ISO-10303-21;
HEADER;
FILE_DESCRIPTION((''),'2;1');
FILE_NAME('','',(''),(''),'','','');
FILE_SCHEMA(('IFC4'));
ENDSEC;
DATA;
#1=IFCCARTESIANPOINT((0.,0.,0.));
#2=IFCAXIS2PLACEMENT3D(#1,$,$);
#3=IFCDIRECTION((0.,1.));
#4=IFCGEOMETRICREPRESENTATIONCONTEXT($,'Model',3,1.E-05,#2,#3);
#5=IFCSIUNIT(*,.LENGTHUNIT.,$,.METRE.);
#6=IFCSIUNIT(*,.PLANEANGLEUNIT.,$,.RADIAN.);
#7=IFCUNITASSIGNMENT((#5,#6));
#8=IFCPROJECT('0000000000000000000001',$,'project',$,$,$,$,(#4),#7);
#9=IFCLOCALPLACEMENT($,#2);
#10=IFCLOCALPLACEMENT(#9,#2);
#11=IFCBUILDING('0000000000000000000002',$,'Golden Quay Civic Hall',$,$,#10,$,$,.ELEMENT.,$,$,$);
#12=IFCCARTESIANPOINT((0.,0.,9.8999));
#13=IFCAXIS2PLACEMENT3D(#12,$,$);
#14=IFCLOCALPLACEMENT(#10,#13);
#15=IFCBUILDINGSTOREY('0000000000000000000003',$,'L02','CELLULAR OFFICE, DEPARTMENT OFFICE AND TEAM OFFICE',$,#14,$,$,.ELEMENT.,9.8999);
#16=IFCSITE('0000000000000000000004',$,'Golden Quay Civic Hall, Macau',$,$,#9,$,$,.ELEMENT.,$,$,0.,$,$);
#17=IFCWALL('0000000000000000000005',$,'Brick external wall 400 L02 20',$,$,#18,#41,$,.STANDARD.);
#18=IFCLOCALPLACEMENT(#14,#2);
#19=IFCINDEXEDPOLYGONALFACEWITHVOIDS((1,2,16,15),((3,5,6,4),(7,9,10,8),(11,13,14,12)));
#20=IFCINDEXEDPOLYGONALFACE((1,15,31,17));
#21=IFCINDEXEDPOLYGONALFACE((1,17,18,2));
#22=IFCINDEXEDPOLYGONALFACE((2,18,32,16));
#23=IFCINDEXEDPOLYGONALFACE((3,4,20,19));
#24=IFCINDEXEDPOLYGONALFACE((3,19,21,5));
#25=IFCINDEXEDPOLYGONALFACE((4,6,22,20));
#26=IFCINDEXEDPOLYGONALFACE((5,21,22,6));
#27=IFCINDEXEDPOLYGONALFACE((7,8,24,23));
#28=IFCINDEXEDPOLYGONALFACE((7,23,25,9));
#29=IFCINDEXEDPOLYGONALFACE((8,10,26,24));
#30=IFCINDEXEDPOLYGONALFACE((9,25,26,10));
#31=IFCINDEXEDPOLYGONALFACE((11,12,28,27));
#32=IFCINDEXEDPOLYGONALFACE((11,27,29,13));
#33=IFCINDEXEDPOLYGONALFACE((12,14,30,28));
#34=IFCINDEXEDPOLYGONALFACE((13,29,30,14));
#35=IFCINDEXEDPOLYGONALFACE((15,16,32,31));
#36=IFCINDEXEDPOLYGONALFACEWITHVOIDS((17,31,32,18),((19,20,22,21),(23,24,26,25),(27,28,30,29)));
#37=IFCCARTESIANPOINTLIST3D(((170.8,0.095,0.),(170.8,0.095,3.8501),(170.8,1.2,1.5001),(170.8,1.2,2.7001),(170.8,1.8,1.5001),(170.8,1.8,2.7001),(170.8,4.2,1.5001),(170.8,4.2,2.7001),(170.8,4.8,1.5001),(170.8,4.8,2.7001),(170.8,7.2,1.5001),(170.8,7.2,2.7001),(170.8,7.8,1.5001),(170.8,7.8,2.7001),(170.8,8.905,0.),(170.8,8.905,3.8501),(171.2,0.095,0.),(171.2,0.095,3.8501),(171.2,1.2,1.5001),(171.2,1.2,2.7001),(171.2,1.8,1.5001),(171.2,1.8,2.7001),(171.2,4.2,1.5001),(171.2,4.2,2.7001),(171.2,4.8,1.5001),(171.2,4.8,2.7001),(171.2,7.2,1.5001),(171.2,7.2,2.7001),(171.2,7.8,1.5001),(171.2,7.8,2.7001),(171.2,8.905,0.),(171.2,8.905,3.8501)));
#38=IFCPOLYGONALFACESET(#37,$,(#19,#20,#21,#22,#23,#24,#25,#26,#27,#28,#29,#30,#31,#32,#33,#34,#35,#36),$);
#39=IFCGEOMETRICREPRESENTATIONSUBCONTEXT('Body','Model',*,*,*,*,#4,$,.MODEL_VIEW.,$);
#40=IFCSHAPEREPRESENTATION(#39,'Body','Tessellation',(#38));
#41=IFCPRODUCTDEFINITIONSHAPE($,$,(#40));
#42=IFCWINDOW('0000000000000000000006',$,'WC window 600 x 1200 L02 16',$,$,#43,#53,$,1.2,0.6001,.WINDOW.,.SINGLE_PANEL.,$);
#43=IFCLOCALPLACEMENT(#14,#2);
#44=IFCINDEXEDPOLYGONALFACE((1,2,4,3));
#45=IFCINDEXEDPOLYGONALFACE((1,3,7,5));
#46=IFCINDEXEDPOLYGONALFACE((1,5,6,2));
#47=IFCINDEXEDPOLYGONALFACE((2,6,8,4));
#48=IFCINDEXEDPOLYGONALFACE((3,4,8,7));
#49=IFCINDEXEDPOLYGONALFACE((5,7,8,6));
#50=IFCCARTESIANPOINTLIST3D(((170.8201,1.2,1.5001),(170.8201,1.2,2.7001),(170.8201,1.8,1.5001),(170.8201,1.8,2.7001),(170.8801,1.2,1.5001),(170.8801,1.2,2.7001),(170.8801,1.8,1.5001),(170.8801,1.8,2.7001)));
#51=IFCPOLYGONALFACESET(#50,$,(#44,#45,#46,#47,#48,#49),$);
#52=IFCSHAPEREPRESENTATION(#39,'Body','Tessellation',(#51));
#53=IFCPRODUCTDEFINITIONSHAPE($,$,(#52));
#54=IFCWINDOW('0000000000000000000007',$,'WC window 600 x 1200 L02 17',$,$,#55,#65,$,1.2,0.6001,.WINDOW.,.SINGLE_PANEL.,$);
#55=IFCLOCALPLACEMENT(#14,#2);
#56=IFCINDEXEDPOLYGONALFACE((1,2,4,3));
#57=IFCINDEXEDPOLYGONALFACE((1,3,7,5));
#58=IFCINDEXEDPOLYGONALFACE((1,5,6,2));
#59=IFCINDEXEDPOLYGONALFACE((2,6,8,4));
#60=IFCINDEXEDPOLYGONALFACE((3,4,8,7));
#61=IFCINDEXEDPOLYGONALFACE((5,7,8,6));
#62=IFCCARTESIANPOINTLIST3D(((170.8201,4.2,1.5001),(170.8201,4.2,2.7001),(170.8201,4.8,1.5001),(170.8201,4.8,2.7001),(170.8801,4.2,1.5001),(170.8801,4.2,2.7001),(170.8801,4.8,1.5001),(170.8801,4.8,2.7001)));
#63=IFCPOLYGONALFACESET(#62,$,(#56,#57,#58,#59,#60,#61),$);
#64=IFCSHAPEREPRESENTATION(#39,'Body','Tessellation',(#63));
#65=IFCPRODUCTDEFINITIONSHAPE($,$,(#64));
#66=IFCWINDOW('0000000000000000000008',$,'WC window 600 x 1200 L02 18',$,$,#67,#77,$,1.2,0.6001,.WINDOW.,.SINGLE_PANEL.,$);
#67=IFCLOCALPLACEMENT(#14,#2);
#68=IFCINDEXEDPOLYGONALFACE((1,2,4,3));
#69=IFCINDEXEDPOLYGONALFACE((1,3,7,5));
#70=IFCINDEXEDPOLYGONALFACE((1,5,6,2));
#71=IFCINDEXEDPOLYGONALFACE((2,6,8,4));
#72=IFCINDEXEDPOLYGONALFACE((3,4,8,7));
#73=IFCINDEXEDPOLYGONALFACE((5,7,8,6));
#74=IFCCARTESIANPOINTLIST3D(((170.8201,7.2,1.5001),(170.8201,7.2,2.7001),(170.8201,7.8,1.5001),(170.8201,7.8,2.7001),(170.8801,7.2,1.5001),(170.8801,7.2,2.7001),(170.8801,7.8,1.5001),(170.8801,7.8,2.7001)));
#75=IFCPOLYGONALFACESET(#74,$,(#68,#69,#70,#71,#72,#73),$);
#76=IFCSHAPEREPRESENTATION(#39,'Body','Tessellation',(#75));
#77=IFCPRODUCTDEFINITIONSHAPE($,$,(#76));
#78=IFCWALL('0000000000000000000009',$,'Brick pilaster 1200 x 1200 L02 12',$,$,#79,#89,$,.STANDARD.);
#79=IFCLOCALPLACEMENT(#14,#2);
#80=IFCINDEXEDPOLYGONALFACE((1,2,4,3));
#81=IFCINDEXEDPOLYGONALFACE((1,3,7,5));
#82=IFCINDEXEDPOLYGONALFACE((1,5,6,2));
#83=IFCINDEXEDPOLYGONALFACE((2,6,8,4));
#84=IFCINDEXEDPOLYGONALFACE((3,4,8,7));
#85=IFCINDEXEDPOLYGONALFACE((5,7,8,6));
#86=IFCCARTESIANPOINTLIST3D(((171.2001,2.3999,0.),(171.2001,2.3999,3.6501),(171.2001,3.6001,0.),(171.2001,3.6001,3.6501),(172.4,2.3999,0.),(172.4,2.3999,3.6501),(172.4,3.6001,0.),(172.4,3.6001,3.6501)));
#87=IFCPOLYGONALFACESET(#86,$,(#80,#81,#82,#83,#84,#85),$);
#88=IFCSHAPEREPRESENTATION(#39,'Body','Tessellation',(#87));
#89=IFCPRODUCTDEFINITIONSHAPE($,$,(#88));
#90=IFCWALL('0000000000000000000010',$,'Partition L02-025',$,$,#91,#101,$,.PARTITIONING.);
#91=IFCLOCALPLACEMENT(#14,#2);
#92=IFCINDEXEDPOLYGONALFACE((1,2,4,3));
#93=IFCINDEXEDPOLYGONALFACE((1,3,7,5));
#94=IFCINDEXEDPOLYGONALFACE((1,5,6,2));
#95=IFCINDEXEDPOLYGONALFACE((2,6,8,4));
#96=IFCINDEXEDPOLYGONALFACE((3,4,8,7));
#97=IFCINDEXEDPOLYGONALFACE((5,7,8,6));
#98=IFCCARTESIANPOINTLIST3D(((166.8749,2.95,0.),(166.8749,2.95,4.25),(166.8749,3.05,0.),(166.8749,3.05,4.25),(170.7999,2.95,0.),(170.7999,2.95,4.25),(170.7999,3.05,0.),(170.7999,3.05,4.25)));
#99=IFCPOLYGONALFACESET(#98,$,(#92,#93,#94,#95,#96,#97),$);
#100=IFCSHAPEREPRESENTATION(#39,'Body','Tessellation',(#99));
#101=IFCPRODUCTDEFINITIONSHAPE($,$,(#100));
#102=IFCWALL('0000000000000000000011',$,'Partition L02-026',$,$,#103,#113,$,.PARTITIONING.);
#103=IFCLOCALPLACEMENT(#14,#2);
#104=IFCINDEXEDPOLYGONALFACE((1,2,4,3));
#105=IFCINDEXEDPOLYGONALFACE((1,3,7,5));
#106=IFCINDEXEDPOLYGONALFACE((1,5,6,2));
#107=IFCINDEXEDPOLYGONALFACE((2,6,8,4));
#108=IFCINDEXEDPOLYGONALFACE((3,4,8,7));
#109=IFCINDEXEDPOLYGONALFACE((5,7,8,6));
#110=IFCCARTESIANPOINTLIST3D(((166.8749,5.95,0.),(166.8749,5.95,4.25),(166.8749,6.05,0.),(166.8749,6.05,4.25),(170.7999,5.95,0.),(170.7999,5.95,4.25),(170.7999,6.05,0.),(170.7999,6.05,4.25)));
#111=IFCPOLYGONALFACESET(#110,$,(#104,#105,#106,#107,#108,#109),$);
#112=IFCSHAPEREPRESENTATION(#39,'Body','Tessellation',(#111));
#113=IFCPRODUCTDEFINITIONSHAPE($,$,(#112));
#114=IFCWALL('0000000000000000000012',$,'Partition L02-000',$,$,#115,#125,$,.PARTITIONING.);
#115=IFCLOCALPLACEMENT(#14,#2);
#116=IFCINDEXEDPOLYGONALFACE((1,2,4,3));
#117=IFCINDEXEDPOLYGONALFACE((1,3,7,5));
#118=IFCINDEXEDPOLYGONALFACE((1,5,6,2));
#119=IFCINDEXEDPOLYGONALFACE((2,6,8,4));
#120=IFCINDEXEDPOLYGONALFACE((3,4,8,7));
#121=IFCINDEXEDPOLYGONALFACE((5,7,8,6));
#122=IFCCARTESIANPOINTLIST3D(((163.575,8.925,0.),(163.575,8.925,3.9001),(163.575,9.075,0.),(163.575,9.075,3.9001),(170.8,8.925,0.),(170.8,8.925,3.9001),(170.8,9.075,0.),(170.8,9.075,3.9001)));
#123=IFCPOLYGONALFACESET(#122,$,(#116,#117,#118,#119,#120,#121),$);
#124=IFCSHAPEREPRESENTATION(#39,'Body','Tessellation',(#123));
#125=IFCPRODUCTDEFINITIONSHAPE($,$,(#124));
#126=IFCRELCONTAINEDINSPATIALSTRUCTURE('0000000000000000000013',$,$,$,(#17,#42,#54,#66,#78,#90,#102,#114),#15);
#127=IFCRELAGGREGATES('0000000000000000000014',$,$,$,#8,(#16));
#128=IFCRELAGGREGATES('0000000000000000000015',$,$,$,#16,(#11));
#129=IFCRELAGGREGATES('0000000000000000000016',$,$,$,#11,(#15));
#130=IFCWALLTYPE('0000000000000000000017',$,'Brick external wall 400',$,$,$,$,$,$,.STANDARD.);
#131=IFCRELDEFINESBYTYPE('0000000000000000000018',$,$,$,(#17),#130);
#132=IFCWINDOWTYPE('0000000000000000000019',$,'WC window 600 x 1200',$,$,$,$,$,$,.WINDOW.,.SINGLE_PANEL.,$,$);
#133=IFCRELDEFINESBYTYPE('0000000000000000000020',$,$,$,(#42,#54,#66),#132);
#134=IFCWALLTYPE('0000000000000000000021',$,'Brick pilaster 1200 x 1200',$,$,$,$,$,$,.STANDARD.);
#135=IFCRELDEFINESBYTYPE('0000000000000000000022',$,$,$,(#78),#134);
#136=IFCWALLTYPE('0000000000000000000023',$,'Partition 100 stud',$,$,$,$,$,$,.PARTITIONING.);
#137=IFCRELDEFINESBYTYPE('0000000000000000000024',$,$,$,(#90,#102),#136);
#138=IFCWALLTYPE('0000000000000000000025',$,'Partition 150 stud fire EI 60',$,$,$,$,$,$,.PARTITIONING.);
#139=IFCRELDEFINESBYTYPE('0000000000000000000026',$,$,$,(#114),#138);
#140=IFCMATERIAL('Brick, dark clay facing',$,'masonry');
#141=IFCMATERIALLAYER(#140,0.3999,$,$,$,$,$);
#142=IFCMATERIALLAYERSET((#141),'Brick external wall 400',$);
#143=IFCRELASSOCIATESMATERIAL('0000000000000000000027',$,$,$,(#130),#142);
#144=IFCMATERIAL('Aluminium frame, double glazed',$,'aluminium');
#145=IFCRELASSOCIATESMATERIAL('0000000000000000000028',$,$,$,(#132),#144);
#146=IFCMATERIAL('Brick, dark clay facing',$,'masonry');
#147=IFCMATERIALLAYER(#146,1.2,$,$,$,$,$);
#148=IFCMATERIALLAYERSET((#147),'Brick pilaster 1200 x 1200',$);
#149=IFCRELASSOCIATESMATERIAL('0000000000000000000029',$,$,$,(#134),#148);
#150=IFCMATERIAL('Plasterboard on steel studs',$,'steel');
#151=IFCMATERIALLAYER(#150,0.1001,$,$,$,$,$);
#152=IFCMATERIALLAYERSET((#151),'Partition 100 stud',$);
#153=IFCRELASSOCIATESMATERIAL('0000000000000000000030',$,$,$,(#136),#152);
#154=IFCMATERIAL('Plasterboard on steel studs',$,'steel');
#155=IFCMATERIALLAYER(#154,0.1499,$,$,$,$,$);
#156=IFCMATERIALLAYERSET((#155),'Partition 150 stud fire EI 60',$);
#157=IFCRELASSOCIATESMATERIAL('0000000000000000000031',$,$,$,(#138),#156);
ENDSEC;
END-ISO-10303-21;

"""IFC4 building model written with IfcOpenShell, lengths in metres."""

from ifc_helpers import new_model, si_unit, direction, frame, frame_2d, origin, place, context, subcontext, project, spatial, rectangle, extrude, material, layer, layer_set, type_object, element, fill, save


model = new_model("IFC4")

# Units and contexts
model_context = context("Model", 3, precision=1e-05, world=origin(), true_north=direction((0.0, 1.0)))
body_context = subcontext(model_context, "Body", "Model", "MODEL_VIEW")
ifc_project = project(units=[si_unit("LENGTHUNIT", "METRE"), si_unit("PLANEANGLEUNIT", "RADIAN")], contexts=[model_context])

# Site, building, storey
site_placement = place(None, origin())
site = spatial("IfcSite", under=ifc_project, at=site_placement, Name="Golden Quay Civic Hall, Macau", CompositionType="ELEMENT", RefElevation=0.0)
building_placement = place(site_placement, origin())
building = spatial("IfcBuilding", under=site, at=building_placement, Name="Golden Quay Civic Hall", CompositionType="ELEMENT")
storey_placement = place(building_placement, frame((0.0, 0.0, 9.8999)))
storey = spatial("IfcBuildingStorey", under=building, at=storey_placement, Name="L02", Description="CELLULAR OFFICE, DEPARTMENT OFFICE AND TEAM OFFICE", CompositionType="ELEMENT", Elevation=9.8999)

# Wall, openings, windows
ifc_material_1 = material(Name="Brick, dark clay facing", Category="masonry")
ifc_layer_1 = layer(ifc_material_1, 0.3999)
ifc_layer_set_1 = layer_set([ifc_layer_1], Name="Brick external wall 400")
wall_type_1 = type_object("IfcWallType", Name="Brick external wall 400", PredefinedType="STANDARD", material=ifc_layer_set_1)
wall_1_placement = place(storey_placement, frame((171.0, 8.905, 0.0), z_axis=(0.0, 0.0, 1.0), x_axis=(0.0, -1.0, 0.0)))
wall_1 = element("IfcWall", 1, at=wall_1_placement, inside=storey, type_object=wall_type_1, Name="Brick external wall 400 L02 20", PredefinedType="STANDARD", context=body_context, shape_type="SweptSolid", body=[
    extrude(rectangle(XDim=8.8101, YDim=0.3999, at=frame_2d((4.405, 0.0))), origin(), (0.0, 0.0, 1.0), 3.8501),
])
opening_1_placement = place(wall_1_placement, frame((7.105, 0.0, 1.5)))
opening_1 = element("IfcOpeningElement", 2, at=opening_1_placement, cuts=wall_1, PredefinedType="OPENING", context=body_context, shape_type="SweptSolid", body=[
    extrude(rectangle(XDim=0.6001, YDim=1.2, at=frame_2d((0.3, 0.6001))), frame((0.0, 0.21, 0.0), z_axis=(0.0, -1.0, 0.0), x_axis=(1.0, 0.0, 0.0)), (0.0, 0.0, 1.0), 0.4199),
])
opening_2_placement = place(wall_1_placement, frame((4.105, 0.0, 1.5)))
opening_2 = element("IfcOpeningElement", 3, at=opening_2_placement, cuts=wall_1, PredefinedType="OPENING", context=body_context, shape_type="SweptSolid", body=[
    extrude(rectangle(XDim=0.6001, YDim=1.2, at=frame_2d((0.3, 0.6001))), frame((0.0, 0.21, 0.0), z_axis=(0.0, -1.0, 0.0), x_axis=(1.0, 0.0, 0.0)), (0.0, 0.0, 1.0), 0.4199),
])
opening_3_placement = place(wall_1_placement, frame((1.105, 0.0, 1.5)))
opening_3 = element("IfcOpeningElement", 4, at=opening_3_placement, cuts=wall_1, PredefinedType="OPENING", context=body_context, shape_type="SweptSolid", body=[
    extrude(rectangle(XDim=0.6001, YDim=1.2, at=frame_2d((0.3, 0.6001))), frame((0.0, 0.21, 0.0), z_axis=(0.0, -1.0, 0.0), x_axis=(1.0, 0.0, 0.0)), (0.0, 0.0, 1.0), 0.4199),
])
ifc_material_2 = material(Name="Aluminium frame, double glazed", Category="aluminium")
window_type = type_object("IfcWindowType", Name="WC window 600 x 1200", PartitioningType="SINGLE_PANEL", PredefinedType="WINDOW", material=ifc_material_2)
window_1_placement = place(opening_1_placement, origin())
window_1 = element("IfcWindow", 5, at=window_1_placement, inside=storey, type_object=window_type, Name="WC window 600 x 1200 L02 16", OverallHeight=1.2, OverallWidth=0.6001, PartitioningType="SINGLE_PANEL", PredefinedType="WINDOW", context=body_context, shape_type="SweptSolid", body=[
    extrude(rectangle(XDim=0.6001, YDim=1.2, at=frame_2d((0.3, 0.6001))), frame((0.0, -0.1199, 0.0), z_axis=(0.0, -1.0, 0.0), x_axis=(1.0, 0.0, 0.0)), (0.0, 0.0, 1.0), 0.0601),
])
fill(opening_1, window_1)
window_2_placement = place(opening_2_placement, origin())
window_2 = element("IfcWindow", 6, at=window_2_placement, inside=storey, type_object=window_type, Name="WC window 600 x 1200 L02 17", OverallHeight=1.2, OverallWidth=0.6001, PartitioningType="SINGLE_PANEL", PredefinedType="WINDOW", context=body_context, shape_type="SweptSolid", body=[
    extrude(rectangle(XDim=0.6001, YDim=1.2, at=frame_2d((0.3, 0.6001))), frame((0.0, -0.1199, 0.0), z_axis=(0.0, -1.0, 0.0), x_axis=(1.0, 0.0, 0.0)), (0.0, 0.0, 1.0), 0.0601),
])
fill(opening_2, window_2)
window_3_placement = place(opening_3_placement, origin())
window_3 = element("IfcWindow", 7, at=window_3_placement, inside=storey, type_object=window_type, Name="WC window 600 x 1200 L02 18", OverallHeight=1.2, OverallWidth=0.6001, PartitioningType="SINGLE_PANEL", PredefinedType="WINDOW", context=body_context, shape_type="SweptSolid", body=[
    extrude(rectangle(XDim=0.6001, YDim=1.2, at=frame_2d((0.3, 0.6001))), frame((0.0, -0.1199, 0.0), z_axis=(0.0, -1.0, 0.0), x_axis=(1.0, 0.0, 0.0)), (0.0, 0.0, 1.0), 0.0601),
])
fill(opening_3, window_3)

# Walls
ifc_material_3 = material(Name="Brick, dark clay facing", Category="masonry")
ifc_layer_2 = layer(ifc_material_3, 1.2)
ifc_layer_set_2 = layer_set([ifc_layer_2], Name="Brick pilaster 1200 x 1200")
wall_type_2 = type_object("IfcWallType", Name="Brick pilaster 1200 x 1200", PredefinedType="STANDARD", material=ifc_layer_set_2)
wall_2_placement = place(storey_placement, frame((171.8, 2.3999, 0.0), z_axis=(0.0, 0.0, 1.0), x_axis=(0.0, 1.0, 0.0)))
element("IfcWall", 8, at=wall_2_placement, inside=storey, type_object=wall_type_2, Name="Brick pilaster 1200 x 1200 L02 12", PredefinedType="STANDARD", context=body_context, shape_type="SweptSolid", body=[
    extrude(rectangle(XDim=1.2002, YDim=1.2, at=frame_2d((0.6001, 0.0))), origin(), (0.0, 0.0, 1.0), 3.6501),
])
ifc_material_4 = material(Name="Plasterboard on steel studs", Category="steel")
ifc_layer_3 = layer(ifc_material_4, 0.1001)
ifc_layer_set_3 = layer_set([ifc_layer_3], Name="Partition 100 stud")
wall_type_3 = type_object("IfcWallType", Name="Partition 100 stud", PredefinedType="PARTITIONING", material=ifc_layer_set_3)
for number, where, z_axis, x_axis, name in (
    (9, (166.875, 3.0, 0.0), (0.0, 0.0, 1.0), (1.0, 0.0, 0.0), "Partition L02-025"),
    (10, (166.875, 6.0, 0.0), (0.0, 0.0, 1.0), (1.0, 0.0, 0.0), "Partition L02-026"),
):
    element("IfcWall", number, at=place(storey_placement, frame(where, z_axis=z_axis, x_axis=x_axis)), inside=storey, type_object=wall_type_3, Name=name, PredefinedType="PARTITIONING", context=body_context, shape_type="SweptSolid", body=[
        extrude(rectangle(XDim=3.925, YDim=0.1001, at=frame_2d((1.9624, 0.0))), origin(), (0.0, 0.0, 1.0), 4.25),
    ])
ifc_material_5 = material(Name="Plasterboard on steel studs", Category="steel")
ifc_layer_4 = layer(ifc_material_5, 0.1499)
ifc_layer_set_4 = layer_set([ifc_layer_4], Name="Partition 150 stud fire EI 60")
wall_type_4 = type_object("IfcWallType", Name="Partition 150 stud fire EI 60", PredefinedType="PARTITIONING", material=ifc_layer_set_4)
wall_3_placement = place(storey_placement, frame((163.575, 9.0, 0.0), z_axis=(0.0, 0.0, 1.0), x_axis=(1.0, 0.0, 0.0)))
element("IfcWall", 11, at=wall_3_placement, inside=storey, type_object=wall_type_4, Name="Partition L02-000", PredefinedType="PARTITIONING", context=body_context, shape_type="SweptSolid", body=[
    extrude(rectangle(XDim=7.2251, YDim=0.1499, at=frame_2d((3.6125, 0.0))), origin(), (0.0, 0.0, 1.0), 3.9001),
])

save(model, "model.ifc")
